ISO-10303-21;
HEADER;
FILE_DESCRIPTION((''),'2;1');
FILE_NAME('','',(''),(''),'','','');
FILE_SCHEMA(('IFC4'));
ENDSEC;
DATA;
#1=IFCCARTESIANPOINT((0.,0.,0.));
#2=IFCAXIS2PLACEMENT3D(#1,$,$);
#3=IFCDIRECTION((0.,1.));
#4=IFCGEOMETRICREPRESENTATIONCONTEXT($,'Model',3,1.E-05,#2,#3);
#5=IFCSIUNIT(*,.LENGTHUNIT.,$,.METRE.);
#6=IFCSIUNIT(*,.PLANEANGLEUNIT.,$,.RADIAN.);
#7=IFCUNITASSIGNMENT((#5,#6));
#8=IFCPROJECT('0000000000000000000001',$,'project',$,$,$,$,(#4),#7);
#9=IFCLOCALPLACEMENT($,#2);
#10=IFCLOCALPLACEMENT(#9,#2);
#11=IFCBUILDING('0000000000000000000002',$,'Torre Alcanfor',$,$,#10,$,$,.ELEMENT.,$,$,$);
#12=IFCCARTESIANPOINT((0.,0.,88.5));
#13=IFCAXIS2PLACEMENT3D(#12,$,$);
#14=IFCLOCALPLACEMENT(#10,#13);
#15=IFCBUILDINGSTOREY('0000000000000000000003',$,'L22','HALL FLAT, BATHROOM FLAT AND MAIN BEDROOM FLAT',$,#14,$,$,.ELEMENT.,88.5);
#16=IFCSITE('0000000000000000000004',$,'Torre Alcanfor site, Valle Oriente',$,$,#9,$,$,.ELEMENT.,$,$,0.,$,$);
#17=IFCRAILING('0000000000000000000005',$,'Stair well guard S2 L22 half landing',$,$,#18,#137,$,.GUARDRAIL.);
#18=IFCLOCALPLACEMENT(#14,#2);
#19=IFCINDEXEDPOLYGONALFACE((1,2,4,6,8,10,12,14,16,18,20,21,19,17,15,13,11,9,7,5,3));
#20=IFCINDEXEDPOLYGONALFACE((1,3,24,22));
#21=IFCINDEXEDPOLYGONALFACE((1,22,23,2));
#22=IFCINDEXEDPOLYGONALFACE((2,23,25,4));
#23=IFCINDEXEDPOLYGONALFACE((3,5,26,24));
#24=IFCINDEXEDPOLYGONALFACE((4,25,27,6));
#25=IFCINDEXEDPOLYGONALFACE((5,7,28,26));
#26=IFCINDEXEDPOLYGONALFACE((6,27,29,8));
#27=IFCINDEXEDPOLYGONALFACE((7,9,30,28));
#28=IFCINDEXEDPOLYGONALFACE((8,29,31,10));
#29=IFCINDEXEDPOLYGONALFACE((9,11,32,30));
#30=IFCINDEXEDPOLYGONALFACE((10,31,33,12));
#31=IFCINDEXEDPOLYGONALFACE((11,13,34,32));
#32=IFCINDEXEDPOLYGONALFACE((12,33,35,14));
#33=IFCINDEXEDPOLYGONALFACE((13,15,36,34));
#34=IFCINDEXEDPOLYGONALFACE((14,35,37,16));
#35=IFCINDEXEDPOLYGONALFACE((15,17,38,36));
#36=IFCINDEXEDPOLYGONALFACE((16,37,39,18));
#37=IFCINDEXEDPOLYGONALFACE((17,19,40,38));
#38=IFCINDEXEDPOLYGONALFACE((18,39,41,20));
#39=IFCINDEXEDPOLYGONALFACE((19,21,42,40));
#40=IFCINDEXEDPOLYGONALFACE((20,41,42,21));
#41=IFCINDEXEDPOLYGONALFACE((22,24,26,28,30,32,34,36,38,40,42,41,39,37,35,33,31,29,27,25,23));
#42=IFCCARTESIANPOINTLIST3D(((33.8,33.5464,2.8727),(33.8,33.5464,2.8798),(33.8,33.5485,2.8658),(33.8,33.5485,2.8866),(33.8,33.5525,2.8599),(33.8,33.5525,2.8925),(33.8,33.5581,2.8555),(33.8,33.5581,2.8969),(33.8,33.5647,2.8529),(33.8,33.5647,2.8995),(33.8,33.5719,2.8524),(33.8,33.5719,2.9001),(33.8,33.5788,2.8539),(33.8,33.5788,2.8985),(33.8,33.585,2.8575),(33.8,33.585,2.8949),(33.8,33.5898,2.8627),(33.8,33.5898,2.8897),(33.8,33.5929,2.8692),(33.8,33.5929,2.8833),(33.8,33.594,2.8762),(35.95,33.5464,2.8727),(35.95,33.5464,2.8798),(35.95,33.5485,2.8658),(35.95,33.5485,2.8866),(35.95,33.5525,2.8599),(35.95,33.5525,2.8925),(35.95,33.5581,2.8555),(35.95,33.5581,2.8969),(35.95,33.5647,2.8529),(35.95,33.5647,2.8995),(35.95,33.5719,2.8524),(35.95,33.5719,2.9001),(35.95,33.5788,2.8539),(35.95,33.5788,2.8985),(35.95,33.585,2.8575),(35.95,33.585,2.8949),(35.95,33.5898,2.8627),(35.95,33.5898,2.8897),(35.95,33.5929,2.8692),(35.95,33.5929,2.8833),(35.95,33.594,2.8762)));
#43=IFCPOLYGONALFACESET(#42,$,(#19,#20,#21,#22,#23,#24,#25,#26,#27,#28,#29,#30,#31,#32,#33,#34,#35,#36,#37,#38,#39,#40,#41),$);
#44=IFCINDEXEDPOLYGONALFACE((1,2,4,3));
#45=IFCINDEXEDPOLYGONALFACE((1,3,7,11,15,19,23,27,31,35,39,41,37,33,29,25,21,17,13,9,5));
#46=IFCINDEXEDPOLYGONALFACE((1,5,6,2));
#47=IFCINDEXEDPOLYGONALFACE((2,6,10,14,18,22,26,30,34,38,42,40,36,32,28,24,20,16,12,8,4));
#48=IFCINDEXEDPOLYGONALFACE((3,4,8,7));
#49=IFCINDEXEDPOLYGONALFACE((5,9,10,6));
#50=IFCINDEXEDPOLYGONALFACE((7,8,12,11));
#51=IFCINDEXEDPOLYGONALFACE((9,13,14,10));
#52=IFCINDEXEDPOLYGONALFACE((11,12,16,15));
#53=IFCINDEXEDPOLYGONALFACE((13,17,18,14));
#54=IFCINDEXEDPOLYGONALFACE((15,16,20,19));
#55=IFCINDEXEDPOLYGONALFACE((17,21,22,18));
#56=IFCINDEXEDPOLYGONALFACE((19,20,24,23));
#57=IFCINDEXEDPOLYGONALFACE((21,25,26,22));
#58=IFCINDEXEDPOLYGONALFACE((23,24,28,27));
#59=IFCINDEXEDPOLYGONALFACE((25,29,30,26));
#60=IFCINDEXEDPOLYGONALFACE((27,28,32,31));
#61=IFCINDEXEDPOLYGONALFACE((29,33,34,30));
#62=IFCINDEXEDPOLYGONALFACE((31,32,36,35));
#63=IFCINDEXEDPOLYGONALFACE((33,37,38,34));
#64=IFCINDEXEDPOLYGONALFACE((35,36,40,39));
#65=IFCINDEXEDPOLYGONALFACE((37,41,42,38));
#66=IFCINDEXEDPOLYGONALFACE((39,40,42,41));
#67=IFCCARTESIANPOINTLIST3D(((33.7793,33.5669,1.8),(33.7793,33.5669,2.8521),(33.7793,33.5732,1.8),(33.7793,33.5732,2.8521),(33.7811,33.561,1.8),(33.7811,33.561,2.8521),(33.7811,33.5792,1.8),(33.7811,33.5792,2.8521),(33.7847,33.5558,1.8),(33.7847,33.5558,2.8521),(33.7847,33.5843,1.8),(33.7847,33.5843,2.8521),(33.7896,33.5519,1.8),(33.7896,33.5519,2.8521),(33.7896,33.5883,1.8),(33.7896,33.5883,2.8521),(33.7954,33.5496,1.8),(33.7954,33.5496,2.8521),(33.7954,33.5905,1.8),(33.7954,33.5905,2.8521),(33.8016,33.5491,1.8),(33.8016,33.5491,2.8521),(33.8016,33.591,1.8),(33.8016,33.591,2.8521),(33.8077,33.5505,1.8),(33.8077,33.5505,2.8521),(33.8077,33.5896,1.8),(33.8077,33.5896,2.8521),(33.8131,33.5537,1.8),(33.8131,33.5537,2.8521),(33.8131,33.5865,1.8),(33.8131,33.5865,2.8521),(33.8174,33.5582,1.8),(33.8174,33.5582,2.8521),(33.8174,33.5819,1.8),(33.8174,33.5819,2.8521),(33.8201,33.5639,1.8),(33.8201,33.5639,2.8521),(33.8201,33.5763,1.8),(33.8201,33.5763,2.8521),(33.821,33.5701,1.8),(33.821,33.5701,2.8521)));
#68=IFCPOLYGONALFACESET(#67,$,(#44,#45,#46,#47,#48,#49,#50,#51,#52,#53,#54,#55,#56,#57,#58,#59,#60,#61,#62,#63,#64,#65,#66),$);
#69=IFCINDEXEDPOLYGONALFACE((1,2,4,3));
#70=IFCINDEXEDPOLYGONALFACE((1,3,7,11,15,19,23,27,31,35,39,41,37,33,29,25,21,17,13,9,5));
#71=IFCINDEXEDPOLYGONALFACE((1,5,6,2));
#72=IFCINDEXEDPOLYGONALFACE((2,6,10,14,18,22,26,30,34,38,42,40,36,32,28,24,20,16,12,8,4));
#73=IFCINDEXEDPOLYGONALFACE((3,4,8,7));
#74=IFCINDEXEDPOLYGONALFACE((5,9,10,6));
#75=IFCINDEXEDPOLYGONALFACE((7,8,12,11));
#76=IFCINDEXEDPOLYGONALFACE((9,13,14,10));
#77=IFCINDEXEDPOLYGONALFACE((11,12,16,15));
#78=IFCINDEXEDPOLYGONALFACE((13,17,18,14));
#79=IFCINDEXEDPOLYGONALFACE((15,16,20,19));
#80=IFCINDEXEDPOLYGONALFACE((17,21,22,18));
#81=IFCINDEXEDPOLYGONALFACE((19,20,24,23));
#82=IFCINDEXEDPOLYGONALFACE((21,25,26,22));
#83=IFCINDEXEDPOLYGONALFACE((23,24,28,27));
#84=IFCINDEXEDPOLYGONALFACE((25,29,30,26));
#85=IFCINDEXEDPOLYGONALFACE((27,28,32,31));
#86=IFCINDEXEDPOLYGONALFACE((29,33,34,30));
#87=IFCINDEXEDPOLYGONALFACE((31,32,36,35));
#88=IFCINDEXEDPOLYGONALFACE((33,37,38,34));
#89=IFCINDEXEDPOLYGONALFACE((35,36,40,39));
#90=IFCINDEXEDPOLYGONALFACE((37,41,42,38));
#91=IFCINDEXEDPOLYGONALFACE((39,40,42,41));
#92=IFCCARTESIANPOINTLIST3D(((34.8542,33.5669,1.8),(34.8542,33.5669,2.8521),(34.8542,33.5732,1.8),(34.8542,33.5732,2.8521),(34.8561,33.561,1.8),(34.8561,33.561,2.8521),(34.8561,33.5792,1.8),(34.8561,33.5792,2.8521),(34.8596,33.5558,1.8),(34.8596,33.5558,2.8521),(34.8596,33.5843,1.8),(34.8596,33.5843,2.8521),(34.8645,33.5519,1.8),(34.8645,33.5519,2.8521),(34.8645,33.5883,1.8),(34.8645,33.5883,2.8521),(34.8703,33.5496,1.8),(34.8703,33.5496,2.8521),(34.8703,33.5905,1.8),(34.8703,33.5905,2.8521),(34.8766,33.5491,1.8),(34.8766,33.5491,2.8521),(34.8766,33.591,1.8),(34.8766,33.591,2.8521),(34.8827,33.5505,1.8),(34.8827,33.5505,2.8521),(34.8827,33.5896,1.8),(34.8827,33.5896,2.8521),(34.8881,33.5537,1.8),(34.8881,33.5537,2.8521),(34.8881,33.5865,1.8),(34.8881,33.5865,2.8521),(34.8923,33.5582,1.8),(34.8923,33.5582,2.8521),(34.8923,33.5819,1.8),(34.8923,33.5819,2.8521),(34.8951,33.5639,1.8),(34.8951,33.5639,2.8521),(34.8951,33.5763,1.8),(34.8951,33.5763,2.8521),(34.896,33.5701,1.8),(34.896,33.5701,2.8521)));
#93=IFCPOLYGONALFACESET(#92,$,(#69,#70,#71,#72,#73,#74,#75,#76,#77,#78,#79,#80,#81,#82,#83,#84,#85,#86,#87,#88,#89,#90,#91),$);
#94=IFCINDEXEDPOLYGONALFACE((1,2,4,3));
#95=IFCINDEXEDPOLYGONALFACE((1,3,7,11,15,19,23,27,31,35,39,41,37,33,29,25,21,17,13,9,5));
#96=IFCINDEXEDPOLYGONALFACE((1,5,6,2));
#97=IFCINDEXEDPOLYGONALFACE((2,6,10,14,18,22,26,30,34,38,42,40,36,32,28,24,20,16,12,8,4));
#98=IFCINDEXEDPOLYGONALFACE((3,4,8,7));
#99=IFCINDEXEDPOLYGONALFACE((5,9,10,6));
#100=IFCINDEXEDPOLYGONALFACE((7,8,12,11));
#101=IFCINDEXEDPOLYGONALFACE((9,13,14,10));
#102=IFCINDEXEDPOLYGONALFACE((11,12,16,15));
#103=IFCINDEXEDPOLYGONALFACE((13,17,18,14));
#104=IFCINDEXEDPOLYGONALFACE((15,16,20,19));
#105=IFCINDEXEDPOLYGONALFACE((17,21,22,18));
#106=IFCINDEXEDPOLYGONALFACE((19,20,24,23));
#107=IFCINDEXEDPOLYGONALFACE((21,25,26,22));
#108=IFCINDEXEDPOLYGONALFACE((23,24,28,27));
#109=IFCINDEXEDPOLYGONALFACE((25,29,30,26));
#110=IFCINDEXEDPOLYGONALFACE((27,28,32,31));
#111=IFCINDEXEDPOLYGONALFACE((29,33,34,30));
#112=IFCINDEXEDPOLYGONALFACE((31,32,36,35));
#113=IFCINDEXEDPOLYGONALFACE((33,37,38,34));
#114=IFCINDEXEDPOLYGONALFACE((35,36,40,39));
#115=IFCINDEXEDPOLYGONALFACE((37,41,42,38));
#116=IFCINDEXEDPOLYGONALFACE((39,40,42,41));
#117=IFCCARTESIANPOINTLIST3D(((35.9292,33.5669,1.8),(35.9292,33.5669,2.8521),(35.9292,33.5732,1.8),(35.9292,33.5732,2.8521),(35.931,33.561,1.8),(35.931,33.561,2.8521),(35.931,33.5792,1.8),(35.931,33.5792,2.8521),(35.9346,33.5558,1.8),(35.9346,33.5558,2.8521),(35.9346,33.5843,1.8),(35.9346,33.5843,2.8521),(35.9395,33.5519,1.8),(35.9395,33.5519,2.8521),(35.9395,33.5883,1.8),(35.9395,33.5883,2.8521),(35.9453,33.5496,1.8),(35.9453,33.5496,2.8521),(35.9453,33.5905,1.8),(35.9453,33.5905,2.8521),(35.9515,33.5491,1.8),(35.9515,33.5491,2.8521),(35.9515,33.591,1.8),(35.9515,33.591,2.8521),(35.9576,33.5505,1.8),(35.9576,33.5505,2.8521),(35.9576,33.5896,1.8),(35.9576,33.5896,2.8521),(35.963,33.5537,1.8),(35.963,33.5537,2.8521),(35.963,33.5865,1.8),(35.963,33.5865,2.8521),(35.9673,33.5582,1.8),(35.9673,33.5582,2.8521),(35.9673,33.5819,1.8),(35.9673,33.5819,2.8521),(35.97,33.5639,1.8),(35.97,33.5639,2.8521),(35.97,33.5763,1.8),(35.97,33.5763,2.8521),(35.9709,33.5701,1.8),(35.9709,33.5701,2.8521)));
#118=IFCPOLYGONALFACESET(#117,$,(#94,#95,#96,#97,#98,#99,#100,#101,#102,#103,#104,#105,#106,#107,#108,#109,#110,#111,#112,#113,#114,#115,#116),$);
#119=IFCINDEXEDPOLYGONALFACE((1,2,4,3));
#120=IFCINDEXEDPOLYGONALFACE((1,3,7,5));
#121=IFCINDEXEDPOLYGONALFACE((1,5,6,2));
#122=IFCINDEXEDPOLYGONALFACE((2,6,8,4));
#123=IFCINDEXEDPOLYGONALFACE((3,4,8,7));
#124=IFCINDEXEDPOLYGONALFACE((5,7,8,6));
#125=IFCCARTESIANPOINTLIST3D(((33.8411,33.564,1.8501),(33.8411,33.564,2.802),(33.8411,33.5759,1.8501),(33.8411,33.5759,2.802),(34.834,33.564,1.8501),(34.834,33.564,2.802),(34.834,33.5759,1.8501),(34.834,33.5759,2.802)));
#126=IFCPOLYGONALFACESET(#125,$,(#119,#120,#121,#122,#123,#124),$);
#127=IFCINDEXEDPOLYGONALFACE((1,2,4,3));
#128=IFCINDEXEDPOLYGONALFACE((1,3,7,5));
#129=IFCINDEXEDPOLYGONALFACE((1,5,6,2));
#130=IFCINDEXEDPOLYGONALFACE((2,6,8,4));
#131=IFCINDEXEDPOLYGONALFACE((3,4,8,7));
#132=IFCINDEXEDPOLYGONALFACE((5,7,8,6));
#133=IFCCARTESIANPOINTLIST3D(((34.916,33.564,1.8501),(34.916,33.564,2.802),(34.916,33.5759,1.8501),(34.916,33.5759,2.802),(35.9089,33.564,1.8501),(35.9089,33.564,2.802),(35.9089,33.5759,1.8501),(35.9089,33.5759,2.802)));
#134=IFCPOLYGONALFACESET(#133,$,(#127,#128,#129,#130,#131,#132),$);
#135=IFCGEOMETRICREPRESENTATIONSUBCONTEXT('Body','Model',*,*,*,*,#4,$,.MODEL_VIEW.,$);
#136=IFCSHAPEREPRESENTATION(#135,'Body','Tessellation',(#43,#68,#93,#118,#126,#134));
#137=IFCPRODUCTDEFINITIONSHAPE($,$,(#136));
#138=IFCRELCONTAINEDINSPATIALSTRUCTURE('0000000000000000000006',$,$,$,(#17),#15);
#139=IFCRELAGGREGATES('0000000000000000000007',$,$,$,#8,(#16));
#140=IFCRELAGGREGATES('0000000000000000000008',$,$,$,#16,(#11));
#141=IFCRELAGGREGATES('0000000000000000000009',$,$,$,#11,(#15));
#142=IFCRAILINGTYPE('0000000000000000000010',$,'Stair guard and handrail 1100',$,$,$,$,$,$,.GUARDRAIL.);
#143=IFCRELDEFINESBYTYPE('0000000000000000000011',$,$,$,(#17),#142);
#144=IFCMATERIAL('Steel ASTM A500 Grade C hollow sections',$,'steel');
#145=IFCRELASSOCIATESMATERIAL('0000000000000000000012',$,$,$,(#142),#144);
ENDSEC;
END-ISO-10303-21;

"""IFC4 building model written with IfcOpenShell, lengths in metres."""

from ifc_helpers import new_model, si_unit, direction, frame, origin, origin_2d, place, context, subcontext, project, spatial, polyline, circle, outline, extrude, material, type_object, element, save


model = new_model("IFC4")

# Units and contexts
model_context = context("Model", 3, precision=1e-05, world=origin(), true_north=direction((0.0, 1.0)))
body_context = subcontext(model_context, "Body", "Model", "MODEL_VIEW")
ifc_project = project(units=[si_unit("LENGTHUNIT", "METRE"), si_unit("PLANEANGLEUNIT", "RADIAN")], contexts=[model_context])

# Site, building, storey
site_placement = place(None, origin())
site = spatial("IfcSite", under=ifc_project, at=site_placement, Name="Torre Alcanfor site, Valle Oriente", CompositionType="ELEMENT", RefElevation=0.0)
building_placement = place(site_placement, origin())
building = spatial("IfcBuilding", under=site, at=building_placement, Name="Torre Alcanfor", CompositionType="ELEMENT")
storey_placement = place(building_placement, frame((0.0, 0.0, 88.5)))
storey = spatial("IfcBuildingStorey", under=building, at=storey_placement, Name="L22", Description="HALL FLAT, BATHROOM FLAT AND MAIN BEDROOM FLAT", CompositionType="ELEMENT", Elevation=88.5)

# Railing
ifc_material_1 = material(Name="Steel ASTM A500 Grade C hollow sections", Category="steel")
railing_type_1 = type_object("IfcRailingType", Name="Stair guard and handrail 1100", PredefinedType="GUARDRAIL", material=ifc_material_1)
for number, where, name in (
    (1, (33.8, 33.5701, 1.8), "Stair well guard S2 L22 half landing"),
):
    element("IfcRailing", number, at=place(storey_placement, frame(where)), inside=storey, type_object=railing_type_1, Name=name, PredefinedType="GUARDRAIL", context=body_context, shape_type="SweptSolid", body=[
        extrude(circle(Radius=0.0239, at=origin_2d()), frame((0.0, 0.0, 1.0762), z_axis=(1.0, 0.0, 0.0), x_axis=(0.0, 1.0, 0.0)), (0.0, 0.0, 1.0), 2.1499),
        extrude(circle(Radius=0.021, at=origin_2d()), origin(), (0.0, 0.0, 1.0), 1.052),
        extrude(circle(Radius=0.021, at=origin_2d()), frame((1.075, 0.0, 0.0)), (0.0, 0.0, 1.0), 1.052),
        extrude(circle(Radius=0.021, at=origin_2d()), frame((2.1499, 0.0, 0.0)), (0.0, 0.0, 1.0), 1.052),
        extrude(outline(polyline([(0.041, 0.05), (1.0339, 0.05), (1.0339, 1.002), (0.041, 1.002), (0.041, 0.05)])), frame((0.0, 0.0059, 0.0), z_axis=(0.0, -1.0, 0.0), x_axis=(1.0, 0.0, 0.0)), (0.0, 0.0, 1.0), 0.012),
        extrude(outline(polyline([(1.116, 0.05), (2.1089, 0.05), (2.1089, 1.002), (1.116, 1.002), (1.116, 0.05)])), frame((0.0, 0.0059, 0.0), z_axis=(0.0, -1.0, 0.0), x_axis=(1.0, 0.0, 0.0)), (0.0, 0.0, 1.0), 0.012),
    ])

save(model, "model.ifc")
